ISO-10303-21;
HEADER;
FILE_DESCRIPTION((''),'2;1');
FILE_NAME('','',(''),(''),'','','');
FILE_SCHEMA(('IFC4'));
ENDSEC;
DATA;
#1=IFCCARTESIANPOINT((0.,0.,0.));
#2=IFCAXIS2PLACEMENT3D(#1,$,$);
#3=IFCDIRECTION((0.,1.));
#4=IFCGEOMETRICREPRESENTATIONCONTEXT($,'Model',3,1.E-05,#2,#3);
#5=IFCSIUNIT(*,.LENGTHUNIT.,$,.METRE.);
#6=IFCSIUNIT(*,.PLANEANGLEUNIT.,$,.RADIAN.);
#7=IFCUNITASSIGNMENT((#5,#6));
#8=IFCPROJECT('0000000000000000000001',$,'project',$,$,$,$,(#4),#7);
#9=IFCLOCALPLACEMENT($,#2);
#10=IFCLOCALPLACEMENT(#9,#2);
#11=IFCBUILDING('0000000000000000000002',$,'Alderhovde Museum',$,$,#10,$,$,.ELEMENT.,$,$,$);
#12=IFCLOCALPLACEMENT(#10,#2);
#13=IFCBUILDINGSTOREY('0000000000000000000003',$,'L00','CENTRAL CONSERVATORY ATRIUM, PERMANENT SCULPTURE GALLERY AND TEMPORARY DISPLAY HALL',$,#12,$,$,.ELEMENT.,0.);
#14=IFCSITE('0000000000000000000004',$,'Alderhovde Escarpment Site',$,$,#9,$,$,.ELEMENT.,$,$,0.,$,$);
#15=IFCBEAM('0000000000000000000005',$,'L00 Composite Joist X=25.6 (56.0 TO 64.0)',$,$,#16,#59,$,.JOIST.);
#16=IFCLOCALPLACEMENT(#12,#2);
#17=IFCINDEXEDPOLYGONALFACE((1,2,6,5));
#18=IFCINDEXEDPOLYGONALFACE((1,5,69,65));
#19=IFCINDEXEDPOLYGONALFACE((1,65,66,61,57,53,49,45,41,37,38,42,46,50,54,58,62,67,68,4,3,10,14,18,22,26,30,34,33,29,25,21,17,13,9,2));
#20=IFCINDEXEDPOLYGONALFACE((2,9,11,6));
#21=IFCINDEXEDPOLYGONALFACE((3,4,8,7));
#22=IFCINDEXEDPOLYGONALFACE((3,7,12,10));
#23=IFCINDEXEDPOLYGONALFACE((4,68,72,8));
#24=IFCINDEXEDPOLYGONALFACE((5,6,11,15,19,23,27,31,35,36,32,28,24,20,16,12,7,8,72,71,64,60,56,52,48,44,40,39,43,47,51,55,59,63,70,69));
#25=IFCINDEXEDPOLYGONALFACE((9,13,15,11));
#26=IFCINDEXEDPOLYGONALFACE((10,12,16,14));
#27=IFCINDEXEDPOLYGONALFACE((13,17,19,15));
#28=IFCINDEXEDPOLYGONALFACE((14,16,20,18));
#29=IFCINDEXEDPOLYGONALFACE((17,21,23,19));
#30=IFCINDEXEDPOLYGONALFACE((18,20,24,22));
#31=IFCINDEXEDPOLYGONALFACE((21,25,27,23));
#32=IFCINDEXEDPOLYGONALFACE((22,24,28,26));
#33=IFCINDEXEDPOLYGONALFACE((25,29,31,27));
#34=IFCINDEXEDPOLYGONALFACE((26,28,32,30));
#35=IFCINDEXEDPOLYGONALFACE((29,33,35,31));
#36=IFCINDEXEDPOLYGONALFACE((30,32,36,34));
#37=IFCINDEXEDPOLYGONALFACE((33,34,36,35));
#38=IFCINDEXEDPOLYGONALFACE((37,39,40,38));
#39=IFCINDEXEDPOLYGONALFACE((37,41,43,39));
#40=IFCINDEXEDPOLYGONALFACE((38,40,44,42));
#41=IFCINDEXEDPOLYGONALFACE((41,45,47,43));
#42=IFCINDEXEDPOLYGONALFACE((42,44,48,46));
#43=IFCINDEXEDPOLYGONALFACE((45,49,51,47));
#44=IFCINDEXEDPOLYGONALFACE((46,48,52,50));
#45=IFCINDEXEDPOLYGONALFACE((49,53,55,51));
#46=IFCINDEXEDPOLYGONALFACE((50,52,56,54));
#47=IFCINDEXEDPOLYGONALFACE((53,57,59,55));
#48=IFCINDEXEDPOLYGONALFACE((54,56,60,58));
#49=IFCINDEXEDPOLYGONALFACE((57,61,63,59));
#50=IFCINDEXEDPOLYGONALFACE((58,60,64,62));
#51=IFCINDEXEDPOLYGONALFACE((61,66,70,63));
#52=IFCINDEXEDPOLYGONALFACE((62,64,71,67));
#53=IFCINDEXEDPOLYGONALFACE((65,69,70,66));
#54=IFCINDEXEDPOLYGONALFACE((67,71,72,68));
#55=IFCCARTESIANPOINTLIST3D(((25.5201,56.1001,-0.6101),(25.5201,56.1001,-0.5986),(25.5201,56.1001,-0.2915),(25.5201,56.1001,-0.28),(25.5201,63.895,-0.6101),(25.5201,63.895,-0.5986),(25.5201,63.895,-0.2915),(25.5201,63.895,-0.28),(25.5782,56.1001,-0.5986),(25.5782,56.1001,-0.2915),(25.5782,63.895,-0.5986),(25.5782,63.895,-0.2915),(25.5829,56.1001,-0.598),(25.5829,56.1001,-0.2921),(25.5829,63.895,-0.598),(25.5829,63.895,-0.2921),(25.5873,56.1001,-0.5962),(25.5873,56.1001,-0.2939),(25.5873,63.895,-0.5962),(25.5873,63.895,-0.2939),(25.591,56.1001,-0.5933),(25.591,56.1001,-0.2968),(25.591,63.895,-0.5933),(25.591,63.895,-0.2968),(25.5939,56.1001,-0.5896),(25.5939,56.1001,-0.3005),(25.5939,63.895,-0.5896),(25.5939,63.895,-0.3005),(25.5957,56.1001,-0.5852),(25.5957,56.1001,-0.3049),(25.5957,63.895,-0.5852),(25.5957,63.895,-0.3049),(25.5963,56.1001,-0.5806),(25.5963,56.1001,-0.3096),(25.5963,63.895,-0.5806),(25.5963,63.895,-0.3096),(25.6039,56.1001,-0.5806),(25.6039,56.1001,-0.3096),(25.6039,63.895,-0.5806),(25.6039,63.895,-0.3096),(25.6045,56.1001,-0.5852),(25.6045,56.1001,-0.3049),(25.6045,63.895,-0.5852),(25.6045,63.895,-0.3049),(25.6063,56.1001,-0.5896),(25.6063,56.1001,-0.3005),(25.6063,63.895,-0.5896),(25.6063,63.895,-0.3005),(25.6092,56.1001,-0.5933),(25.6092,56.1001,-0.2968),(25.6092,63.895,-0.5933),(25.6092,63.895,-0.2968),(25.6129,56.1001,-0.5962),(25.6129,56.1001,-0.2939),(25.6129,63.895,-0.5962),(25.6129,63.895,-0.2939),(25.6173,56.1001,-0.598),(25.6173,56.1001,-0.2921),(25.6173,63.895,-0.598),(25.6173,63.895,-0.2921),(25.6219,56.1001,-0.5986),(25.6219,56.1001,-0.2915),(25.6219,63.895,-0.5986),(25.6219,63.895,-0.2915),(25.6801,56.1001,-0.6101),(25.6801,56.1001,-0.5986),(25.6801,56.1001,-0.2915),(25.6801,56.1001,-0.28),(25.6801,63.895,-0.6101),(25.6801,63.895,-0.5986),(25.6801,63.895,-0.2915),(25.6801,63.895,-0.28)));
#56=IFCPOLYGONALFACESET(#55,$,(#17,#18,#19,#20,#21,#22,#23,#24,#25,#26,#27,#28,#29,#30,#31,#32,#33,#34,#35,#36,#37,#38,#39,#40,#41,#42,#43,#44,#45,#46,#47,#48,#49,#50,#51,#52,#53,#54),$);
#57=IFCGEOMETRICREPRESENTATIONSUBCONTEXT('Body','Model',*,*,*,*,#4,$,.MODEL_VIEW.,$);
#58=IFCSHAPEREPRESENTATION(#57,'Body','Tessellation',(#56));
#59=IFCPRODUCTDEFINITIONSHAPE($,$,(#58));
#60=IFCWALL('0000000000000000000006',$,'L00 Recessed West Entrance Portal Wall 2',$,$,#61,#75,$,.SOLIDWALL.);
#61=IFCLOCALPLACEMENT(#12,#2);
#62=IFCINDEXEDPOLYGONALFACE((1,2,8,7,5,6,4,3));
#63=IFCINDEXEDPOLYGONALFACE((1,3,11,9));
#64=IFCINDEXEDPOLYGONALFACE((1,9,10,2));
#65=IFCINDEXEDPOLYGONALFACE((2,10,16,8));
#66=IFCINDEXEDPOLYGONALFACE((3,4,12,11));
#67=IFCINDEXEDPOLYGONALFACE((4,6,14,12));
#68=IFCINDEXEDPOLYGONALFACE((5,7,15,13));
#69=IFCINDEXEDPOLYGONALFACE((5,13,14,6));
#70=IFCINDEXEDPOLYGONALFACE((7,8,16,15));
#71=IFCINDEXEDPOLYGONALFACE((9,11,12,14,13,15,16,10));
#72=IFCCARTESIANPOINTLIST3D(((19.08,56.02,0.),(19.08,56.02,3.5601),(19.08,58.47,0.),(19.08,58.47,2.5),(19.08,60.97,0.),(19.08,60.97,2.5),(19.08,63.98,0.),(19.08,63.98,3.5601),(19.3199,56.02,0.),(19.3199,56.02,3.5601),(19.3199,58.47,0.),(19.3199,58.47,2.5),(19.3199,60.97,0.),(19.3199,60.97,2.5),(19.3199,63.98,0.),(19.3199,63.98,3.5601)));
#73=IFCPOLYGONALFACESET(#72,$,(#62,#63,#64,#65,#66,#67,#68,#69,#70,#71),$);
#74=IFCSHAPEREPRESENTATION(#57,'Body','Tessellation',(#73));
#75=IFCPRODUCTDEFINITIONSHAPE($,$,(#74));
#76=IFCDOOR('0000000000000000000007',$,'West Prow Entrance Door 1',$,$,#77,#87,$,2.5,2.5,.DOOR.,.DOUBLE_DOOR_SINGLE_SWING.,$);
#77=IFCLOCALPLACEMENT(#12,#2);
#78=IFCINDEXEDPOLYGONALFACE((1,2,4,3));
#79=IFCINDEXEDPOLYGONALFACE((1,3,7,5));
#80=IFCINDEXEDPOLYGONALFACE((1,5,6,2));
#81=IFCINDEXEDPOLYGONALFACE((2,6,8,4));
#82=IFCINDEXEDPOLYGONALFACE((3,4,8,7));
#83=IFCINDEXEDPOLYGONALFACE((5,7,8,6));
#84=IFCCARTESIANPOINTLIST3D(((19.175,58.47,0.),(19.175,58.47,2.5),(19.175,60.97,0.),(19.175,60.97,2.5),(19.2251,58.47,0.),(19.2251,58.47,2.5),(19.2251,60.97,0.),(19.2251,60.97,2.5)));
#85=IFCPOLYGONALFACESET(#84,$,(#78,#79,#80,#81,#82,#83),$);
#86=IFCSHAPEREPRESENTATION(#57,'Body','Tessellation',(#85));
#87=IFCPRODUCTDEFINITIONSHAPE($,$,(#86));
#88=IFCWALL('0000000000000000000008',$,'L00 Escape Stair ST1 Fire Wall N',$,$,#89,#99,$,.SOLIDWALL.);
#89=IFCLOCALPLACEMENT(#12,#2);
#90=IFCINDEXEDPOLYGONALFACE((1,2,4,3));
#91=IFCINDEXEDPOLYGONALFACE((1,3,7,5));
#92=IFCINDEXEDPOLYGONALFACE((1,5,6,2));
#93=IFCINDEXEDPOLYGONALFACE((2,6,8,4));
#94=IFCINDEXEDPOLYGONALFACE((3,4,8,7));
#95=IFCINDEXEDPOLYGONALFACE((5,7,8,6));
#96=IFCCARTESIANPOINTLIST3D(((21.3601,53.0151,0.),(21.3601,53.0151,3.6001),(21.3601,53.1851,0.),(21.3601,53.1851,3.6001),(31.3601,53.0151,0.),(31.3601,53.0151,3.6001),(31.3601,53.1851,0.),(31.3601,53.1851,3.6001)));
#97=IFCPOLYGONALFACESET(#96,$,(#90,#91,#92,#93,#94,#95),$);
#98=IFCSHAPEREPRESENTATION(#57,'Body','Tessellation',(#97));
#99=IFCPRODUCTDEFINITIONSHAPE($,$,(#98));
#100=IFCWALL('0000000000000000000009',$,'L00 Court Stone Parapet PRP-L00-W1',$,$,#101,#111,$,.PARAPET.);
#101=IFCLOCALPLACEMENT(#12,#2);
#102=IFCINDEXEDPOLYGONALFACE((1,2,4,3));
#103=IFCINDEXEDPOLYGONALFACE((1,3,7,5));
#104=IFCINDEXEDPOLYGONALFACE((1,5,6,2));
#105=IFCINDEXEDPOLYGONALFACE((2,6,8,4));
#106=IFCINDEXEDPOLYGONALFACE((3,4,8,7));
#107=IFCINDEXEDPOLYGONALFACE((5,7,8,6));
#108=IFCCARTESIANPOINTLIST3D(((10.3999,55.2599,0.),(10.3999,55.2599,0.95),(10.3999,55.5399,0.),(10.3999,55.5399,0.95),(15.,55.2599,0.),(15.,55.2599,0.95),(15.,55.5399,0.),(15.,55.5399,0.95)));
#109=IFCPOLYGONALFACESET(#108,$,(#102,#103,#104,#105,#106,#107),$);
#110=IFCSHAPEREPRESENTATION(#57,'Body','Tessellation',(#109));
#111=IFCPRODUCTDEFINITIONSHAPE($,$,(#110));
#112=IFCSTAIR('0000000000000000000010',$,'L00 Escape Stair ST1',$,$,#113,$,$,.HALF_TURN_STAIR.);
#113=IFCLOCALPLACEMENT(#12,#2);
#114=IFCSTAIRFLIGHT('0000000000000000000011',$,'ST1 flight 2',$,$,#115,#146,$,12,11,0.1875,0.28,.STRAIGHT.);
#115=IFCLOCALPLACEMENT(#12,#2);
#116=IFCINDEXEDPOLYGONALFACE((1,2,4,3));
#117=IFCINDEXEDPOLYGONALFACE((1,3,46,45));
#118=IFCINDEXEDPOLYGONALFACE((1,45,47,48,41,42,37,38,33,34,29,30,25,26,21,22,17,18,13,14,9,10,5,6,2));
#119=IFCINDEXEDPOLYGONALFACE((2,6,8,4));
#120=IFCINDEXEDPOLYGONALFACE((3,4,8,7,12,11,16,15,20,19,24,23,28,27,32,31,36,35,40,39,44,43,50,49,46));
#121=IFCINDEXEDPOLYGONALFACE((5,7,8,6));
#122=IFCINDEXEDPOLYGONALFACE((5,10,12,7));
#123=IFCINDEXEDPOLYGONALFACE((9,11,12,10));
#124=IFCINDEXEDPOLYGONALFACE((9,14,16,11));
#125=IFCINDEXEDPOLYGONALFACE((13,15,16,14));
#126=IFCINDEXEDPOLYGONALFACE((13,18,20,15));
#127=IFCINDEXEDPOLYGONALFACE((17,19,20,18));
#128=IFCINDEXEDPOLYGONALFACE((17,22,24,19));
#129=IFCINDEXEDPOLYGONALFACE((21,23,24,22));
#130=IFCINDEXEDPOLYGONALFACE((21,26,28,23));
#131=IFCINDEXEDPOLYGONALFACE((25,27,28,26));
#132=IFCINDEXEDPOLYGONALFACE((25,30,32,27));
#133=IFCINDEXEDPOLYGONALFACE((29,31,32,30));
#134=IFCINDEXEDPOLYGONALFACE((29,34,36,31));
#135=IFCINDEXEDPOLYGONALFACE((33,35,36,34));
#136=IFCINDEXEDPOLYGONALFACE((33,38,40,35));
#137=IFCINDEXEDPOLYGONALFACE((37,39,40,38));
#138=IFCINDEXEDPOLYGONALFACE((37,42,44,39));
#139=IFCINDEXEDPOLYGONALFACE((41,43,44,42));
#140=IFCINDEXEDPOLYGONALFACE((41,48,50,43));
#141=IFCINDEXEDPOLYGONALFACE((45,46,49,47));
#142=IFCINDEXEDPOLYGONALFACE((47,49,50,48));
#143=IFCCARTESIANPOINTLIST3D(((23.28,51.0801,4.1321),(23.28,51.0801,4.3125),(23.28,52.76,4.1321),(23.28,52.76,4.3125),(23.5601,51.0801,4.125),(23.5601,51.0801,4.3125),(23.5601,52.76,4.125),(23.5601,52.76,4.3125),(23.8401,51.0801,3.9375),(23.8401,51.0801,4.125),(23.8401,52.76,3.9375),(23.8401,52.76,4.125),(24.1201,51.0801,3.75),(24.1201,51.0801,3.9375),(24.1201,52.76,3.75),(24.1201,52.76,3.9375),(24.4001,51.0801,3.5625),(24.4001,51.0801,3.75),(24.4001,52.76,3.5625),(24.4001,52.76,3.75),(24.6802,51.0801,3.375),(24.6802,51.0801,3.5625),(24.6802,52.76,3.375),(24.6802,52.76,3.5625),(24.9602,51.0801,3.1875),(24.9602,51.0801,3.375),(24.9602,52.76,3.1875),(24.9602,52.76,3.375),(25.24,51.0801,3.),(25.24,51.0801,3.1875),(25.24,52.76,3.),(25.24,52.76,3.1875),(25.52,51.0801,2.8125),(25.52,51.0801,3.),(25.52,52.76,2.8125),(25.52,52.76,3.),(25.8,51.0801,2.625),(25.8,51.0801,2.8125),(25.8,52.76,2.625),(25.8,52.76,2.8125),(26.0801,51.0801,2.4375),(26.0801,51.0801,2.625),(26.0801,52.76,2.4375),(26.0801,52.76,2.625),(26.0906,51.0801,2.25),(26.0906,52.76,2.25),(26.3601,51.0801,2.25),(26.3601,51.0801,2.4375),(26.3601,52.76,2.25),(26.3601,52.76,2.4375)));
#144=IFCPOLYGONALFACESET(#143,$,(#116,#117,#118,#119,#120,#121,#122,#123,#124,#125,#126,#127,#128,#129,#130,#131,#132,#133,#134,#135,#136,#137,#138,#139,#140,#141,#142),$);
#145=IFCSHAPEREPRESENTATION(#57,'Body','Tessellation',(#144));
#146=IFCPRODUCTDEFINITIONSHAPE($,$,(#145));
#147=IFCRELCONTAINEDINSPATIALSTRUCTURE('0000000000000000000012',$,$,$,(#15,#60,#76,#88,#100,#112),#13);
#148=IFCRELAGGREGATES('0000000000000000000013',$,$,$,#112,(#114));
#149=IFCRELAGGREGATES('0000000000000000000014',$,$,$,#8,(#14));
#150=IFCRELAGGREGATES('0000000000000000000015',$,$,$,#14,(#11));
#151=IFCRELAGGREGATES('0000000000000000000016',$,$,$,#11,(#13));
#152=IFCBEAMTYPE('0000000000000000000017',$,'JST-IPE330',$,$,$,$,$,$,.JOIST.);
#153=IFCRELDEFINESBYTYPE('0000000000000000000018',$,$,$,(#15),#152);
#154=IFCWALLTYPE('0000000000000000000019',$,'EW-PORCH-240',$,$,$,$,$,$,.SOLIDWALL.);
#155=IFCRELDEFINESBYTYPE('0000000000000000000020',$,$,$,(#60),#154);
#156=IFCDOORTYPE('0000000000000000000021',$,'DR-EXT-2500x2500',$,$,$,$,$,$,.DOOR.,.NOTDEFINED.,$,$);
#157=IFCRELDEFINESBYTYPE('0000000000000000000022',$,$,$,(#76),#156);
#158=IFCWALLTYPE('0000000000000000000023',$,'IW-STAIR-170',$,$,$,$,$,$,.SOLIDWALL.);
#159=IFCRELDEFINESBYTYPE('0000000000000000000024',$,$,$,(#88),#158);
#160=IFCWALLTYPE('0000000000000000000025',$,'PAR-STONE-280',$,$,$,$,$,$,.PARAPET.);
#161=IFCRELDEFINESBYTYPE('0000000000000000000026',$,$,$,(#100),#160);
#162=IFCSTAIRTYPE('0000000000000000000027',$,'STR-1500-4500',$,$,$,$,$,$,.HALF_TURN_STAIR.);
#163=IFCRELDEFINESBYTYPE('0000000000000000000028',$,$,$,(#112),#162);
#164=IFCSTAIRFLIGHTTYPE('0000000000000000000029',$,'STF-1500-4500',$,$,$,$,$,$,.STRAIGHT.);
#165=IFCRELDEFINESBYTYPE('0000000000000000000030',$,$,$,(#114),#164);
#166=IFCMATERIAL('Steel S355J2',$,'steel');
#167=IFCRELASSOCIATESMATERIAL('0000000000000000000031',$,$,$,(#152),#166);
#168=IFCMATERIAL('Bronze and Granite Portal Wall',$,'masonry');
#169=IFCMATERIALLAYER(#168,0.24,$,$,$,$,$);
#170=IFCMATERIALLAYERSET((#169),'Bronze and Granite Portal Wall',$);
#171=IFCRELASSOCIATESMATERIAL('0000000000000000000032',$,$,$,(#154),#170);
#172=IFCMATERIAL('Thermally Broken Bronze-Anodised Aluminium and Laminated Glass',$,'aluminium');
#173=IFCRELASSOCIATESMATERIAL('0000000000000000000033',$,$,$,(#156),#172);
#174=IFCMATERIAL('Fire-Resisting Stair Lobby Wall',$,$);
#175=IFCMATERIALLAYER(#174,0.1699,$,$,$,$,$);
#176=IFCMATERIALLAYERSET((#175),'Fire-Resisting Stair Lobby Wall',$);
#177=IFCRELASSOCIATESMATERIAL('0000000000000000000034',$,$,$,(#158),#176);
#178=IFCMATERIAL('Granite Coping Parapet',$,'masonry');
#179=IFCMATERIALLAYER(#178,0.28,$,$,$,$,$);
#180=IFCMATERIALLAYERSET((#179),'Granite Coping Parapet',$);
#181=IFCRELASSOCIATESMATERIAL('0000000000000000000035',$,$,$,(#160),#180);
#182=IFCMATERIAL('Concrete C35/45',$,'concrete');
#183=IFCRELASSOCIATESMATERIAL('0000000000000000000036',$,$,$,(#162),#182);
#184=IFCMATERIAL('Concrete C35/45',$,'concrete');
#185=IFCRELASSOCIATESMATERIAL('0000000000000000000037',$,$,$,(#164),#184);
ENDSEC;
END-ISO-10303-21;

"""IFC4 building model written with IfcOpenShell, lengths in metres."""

from ifc_helpers import new_model, si_unit, direction, frame, frame_2d, origin, origin_2d, place, context, subcontext, project, spatial, polyline, rectangle, i_section, outline, extrude, material, layer, layer_set, material_profile, profile_set, type_object, element, fill, aggregate, save


model = new_model("IFC4")

# Units and contexts
model_context = context("Model", 3, precision=1e-05, world=origin(), true_north=direction((0.0, 1.0)))
body_context = subcontext(model_context, "Body", "Model", "MODEL_VIEW")
ifc_project = project(units=[si_unit("LENGTHUNIT", "METRE"), si_unit("PLANEANGLEUNIT", "RADIAN")], contexts=[model_context])

# Site, building, storey
site_placement = place(None, origin())
site = spatial("IfcSite", under=ifc_project, at=site_placement, Name="Alderhovde Escarpment Site", CompositionType="ELEMENT", RefElevation=0.0)
building_placement = place(site_placement, origin())
building = spatial("IfcBuilding", under=site, at=building_placement, Name="Alderhovde Museum", CompositionType="ELEMENT")
storey_placement = place(building_placement, origin())
storey = spatial("IfcBuildingStorey", under=building, at=storey_placement, Name="L00", Description="CENTRAL CONSERVATORY ATRIUM, PERMANENT SCULPTURE GALLERY AND TEMPORARY DISPLAY HALL", CompositionType="ELEMENT", Elevation=0.0)

# Beam
ifc_material_1 = material(Name="Steel S355J2", Category="steel")
ifc_material_profile_1 = material_profile(ifc_material_1, i_section(OverallWidth=0.1599, OverallDepth=0.3301, WebThickness=0.0076, FlangeThickness=0.0115, FilletRadius=0.0181, at=origin_2d()), Name="IPE 330")
ifc_profile_set_1 = profile_set([ifc_material_profile_1], Name="Steel S355J2")
beam_type_1 = type_object("IfcBeamType", Name="JST-IPE330", PredefinedType="JOIST", material=ifc_profile_set_1)
for number, where, z_axis, x_axis, name in (
    (1, (25.6001, 56.1001, -0.4451), (0.0, 1.0, 0.0), (-1.0, 0.0, 0.0), "L00 Composite Joist X=25.6 (56.0 TO 64.0)"),
):
    element("IfcBeam", number, at=place(storey_placement, frame(where, z_axis=z_axis, x_axis=x_axis)), inside=storey, type_object=beam_type_1, Name=name, PredefinedType="JOIST", context=body_context, shape_type="SweptSolid", body=[
        extrude(i_section(OverallWidth=0.1599, OverallDepth=0.3301, WebThickness=0.0076, FlangeThickness=0.0115, FilletRadius=0.0181, at=origin_2d()), origin(), (0.0, 0.0, 1.0), 7.7949),
    ])

# Wall, opening, door
ifc_material_2 = material(Name="Bronze and Granite Portal Wall", Category="masonry")
ifc_layer_1 = layer(ifc_material_2, 0.24)
ifc_layer_set_1 = layer_set([ifc_layer_1], Name="Bronze and Granite Portal Wall")
wall_type_1 = type_object("IfcWallType", Name="EW-PORCH-240", PredefinedType="SOLIDWALL", material=ifc_layer_set_1)
wall_1_placement = place(storey_placement, frame((19.2, 56.02, 0.0), z_axis=(0.0, 0.0, 1.0), x_axis=(0.0, 1.0, 0.0)))
wall_1 = element("IfcWall", 2, at=wall_1_placement, inside=storey, type_object=wall_type_1, Name="L00 Recessed West Entrance Portal Wall 2", PredefinedType="SOLIDWALL", context=body_context, shape_type="SweptSolid", body=[
    extrude(rectangle(XDim=7.96, YDim=0.24, at=frame_2d((3.98, 0.0))), origin(), (0.0, 0.0, 1.0), 3.5601),
])
opening_1_placement = place(wall_1_placement, frame((2.45, 0.0, 0.0)))
opening_1 = element("IfcOpeningElement", 3, at=opening_1_placement, cuts=wall_1, PredefinedType="OPENING", context=body_context, shape_type="SweptSolid", body=[
    extrude(rectangle(XDim=2.5, YDim=2.5, at=frame_2d((1.25, 1.25))), frame((0.0, 0.1299, 0.0), z_axis=(0.0, -1.0, 0.0), x_axis=(1.0, 0.0, 0.0)), (0.0, 0.0, 1.0), 0.26),
])
ifc_material_3 = material(Name="Thermally Broken Bronze-Anodised Aluminium and Laminated Glass", Category="aluminium")
door_type_1 = type_object("IfcDoorType", Name="DR-EXT-2500x2500", OperationType="NOTDEFINED", PredefinedType="DOOR", material=ifc_material_3)
door_1_placement = place(opening_1_placement, origin())
door_1 = element("IfcDoor", 4, at=door_1_placement, inside=storey, type_object=door_type_1, Name="West Prow Entrance Door 1", OperationType="DOUBLE_DOOR_SINGLE_SWING", OverallHeight=2.5, OverallWidth=2.5, PredefinedType="DOOR", context=body_context, shape_type="SweptSolid", body=[
    extrude(rectangle(XDim=2.5, YDim=2.5, at=frame_2d((1.25, 1.25))), frame((0.0, 0.0249, 0.0), z_axis=(0.0, -1.0, 0.0), x_axis=(1.0, 0.0, 0.0)), (0.0, 0.0, 1.0), 0.05),
])
fill(opening_1, door_1)

# Wall
ifc_material_4 = material(Name="Fire-Resisting Stair Lobby Wall")
ifc_layer_2 = layer(ifc_material_4, 0.1699)
ifc_layer_set_2 = layer_set([ifc_layer_2], Name="Fire-Resisting Stair Lobby Wall")
wall_type_2 = type_object("IfcWallType", Name="IW-STAIR-170", PredefinedType="SOLIDWALL", material=ifc_layer_set_2)
wall_2_placement = place(storey_placement, frame((21.3601, 53.1001, 0.0), z_axis=(0.0, 0.0, 1.0), x_axis=(1.0, 0.0, 0.0)))
element("IfcWall", 5, at=wall_2_placement, inside=storey, type_object=wall_type_2, Name="L00 Escape Stair ST1 Fire Wall N", PredefinedType="SOLIDWALL", context=body_context, shape_type="SweptSolid", body=[
    extrude(rectangle(XDim=10.0, YDim=0.1699, at=frame_2d((5.0, 0.0))), origin(), (0.0, 0.0, 1.0), 3.6001),
])

# Wall
ifc_material_5 = material(Name="Granite Coping Parapet", Category="masonry")
ifc_layer_3 = layer(ifc_material_5, 0.28)
ifc_layer_set_3 = layer_set([ifc_layer_3], Name="Granite Coping Parapet")
wall_type_3 = type_object("IfcWallType", Name="PAR-STONE-280", PredefinedType="PARAPET", material=ifc_layer_set_3)
wall_3_placement = place(storey_placement, frame((10.3999, 55.3999, 0.0), z_axis=(0.0, 0.0, 1.0), x_axis=(1.0, 0.0, 0.0)))
element("IfcWall", 6, at=wall_3_placement, inside=storey, type_object=wall_type_3, Name="L00 Court Stone Parapet PRP-L00-W1", PredefinedType="PARAPET", context=body_context, shape_type="SweptSolid", body=[
    extrude(rectangle(XDim=4.6001, YDim=0.28, at=frame_2d((2.3, 0.0))), origin(), (0.0, 0.0, 1.0), 0.95),
])

# Stair, stair flight
ifc_material_6 = material(Name="Concrete C35/45", Category="concrete")
stair_type = type_object("IfcStairType", Name="STR-1500-4500", PredefinedType="HALF_TURN_STAIR", material=ifc_material_6)
stair_placement = place(storey_placement, origin())
stair = element("IfcStair", 7, at=stair_placement, inside=storey, type_object=stair_type, Name="L00 Escape Stair ST1", PredefinedType="HALF_TURN_STAIR")
ifc_material_7 = material(Name="Concrete C35/45", Category="concrete")
stair_flight_type = type_object("IfcStairFlightType", Name="STF-1500-4500", PredefinedType="STRAIGHT", material=ifc_material_7)
stair_flight_placement = place(storey_placement, frame((26.3601, 51.9199, 2.25), z_axis=(0.0, 0.0, 1.0), x_axis=(-1.0, 0.0, 0.0)))
stair_flight = element("IfcStairFlight", 8, at=stair_flight_placement, type_object=stair_flight_type, Name="ST1 flight 2", NumberOfRisers=12, NumberOfTreads=11, PredefinedType="STRAIGHT", RiserHeight=0.1875, TreadLength=0.28, context=body_context, shape_type="SweptSolid", body=[
    extrude(outline(polyline([(0.0, 0.0), (0.0, 0.1875), (0.28, 0.1875), (0.28, 0.375), (0.5601, 0.375), (0.5601, 0.5625), (0.8401, 0.5625), (0.8401, 0.75), (1.1201, 0.75), (1.1201, 0.9375), (1.3999, 0.9375), (1.3999, 1.125), (1.6799, 1.125), (1.6799, 1.3125), (1.96, 1.3125), (1.96, 1.5), (2.24, 1.5), (2.24, 1.6875), (2.52, 1.6875), (2.52, 1.875), (2.8, 1.875), (2.8, 2.0625), (3.0801, 2.0625), (3.0801, 2.25), (3.0801, 1.8821), (0.2695, 0.0), (0.0, 0.0)])), frame((0.0, 0.8398, 0.0), z_axis=(0.0, -1.0, 0.0), x_axis=(1.0, 0.0, 0.0)), (0.0, 0.0, 1.0), 1.6799),
])
aggregate(stair, [stair_flight])

save(model, "model.ifc")
